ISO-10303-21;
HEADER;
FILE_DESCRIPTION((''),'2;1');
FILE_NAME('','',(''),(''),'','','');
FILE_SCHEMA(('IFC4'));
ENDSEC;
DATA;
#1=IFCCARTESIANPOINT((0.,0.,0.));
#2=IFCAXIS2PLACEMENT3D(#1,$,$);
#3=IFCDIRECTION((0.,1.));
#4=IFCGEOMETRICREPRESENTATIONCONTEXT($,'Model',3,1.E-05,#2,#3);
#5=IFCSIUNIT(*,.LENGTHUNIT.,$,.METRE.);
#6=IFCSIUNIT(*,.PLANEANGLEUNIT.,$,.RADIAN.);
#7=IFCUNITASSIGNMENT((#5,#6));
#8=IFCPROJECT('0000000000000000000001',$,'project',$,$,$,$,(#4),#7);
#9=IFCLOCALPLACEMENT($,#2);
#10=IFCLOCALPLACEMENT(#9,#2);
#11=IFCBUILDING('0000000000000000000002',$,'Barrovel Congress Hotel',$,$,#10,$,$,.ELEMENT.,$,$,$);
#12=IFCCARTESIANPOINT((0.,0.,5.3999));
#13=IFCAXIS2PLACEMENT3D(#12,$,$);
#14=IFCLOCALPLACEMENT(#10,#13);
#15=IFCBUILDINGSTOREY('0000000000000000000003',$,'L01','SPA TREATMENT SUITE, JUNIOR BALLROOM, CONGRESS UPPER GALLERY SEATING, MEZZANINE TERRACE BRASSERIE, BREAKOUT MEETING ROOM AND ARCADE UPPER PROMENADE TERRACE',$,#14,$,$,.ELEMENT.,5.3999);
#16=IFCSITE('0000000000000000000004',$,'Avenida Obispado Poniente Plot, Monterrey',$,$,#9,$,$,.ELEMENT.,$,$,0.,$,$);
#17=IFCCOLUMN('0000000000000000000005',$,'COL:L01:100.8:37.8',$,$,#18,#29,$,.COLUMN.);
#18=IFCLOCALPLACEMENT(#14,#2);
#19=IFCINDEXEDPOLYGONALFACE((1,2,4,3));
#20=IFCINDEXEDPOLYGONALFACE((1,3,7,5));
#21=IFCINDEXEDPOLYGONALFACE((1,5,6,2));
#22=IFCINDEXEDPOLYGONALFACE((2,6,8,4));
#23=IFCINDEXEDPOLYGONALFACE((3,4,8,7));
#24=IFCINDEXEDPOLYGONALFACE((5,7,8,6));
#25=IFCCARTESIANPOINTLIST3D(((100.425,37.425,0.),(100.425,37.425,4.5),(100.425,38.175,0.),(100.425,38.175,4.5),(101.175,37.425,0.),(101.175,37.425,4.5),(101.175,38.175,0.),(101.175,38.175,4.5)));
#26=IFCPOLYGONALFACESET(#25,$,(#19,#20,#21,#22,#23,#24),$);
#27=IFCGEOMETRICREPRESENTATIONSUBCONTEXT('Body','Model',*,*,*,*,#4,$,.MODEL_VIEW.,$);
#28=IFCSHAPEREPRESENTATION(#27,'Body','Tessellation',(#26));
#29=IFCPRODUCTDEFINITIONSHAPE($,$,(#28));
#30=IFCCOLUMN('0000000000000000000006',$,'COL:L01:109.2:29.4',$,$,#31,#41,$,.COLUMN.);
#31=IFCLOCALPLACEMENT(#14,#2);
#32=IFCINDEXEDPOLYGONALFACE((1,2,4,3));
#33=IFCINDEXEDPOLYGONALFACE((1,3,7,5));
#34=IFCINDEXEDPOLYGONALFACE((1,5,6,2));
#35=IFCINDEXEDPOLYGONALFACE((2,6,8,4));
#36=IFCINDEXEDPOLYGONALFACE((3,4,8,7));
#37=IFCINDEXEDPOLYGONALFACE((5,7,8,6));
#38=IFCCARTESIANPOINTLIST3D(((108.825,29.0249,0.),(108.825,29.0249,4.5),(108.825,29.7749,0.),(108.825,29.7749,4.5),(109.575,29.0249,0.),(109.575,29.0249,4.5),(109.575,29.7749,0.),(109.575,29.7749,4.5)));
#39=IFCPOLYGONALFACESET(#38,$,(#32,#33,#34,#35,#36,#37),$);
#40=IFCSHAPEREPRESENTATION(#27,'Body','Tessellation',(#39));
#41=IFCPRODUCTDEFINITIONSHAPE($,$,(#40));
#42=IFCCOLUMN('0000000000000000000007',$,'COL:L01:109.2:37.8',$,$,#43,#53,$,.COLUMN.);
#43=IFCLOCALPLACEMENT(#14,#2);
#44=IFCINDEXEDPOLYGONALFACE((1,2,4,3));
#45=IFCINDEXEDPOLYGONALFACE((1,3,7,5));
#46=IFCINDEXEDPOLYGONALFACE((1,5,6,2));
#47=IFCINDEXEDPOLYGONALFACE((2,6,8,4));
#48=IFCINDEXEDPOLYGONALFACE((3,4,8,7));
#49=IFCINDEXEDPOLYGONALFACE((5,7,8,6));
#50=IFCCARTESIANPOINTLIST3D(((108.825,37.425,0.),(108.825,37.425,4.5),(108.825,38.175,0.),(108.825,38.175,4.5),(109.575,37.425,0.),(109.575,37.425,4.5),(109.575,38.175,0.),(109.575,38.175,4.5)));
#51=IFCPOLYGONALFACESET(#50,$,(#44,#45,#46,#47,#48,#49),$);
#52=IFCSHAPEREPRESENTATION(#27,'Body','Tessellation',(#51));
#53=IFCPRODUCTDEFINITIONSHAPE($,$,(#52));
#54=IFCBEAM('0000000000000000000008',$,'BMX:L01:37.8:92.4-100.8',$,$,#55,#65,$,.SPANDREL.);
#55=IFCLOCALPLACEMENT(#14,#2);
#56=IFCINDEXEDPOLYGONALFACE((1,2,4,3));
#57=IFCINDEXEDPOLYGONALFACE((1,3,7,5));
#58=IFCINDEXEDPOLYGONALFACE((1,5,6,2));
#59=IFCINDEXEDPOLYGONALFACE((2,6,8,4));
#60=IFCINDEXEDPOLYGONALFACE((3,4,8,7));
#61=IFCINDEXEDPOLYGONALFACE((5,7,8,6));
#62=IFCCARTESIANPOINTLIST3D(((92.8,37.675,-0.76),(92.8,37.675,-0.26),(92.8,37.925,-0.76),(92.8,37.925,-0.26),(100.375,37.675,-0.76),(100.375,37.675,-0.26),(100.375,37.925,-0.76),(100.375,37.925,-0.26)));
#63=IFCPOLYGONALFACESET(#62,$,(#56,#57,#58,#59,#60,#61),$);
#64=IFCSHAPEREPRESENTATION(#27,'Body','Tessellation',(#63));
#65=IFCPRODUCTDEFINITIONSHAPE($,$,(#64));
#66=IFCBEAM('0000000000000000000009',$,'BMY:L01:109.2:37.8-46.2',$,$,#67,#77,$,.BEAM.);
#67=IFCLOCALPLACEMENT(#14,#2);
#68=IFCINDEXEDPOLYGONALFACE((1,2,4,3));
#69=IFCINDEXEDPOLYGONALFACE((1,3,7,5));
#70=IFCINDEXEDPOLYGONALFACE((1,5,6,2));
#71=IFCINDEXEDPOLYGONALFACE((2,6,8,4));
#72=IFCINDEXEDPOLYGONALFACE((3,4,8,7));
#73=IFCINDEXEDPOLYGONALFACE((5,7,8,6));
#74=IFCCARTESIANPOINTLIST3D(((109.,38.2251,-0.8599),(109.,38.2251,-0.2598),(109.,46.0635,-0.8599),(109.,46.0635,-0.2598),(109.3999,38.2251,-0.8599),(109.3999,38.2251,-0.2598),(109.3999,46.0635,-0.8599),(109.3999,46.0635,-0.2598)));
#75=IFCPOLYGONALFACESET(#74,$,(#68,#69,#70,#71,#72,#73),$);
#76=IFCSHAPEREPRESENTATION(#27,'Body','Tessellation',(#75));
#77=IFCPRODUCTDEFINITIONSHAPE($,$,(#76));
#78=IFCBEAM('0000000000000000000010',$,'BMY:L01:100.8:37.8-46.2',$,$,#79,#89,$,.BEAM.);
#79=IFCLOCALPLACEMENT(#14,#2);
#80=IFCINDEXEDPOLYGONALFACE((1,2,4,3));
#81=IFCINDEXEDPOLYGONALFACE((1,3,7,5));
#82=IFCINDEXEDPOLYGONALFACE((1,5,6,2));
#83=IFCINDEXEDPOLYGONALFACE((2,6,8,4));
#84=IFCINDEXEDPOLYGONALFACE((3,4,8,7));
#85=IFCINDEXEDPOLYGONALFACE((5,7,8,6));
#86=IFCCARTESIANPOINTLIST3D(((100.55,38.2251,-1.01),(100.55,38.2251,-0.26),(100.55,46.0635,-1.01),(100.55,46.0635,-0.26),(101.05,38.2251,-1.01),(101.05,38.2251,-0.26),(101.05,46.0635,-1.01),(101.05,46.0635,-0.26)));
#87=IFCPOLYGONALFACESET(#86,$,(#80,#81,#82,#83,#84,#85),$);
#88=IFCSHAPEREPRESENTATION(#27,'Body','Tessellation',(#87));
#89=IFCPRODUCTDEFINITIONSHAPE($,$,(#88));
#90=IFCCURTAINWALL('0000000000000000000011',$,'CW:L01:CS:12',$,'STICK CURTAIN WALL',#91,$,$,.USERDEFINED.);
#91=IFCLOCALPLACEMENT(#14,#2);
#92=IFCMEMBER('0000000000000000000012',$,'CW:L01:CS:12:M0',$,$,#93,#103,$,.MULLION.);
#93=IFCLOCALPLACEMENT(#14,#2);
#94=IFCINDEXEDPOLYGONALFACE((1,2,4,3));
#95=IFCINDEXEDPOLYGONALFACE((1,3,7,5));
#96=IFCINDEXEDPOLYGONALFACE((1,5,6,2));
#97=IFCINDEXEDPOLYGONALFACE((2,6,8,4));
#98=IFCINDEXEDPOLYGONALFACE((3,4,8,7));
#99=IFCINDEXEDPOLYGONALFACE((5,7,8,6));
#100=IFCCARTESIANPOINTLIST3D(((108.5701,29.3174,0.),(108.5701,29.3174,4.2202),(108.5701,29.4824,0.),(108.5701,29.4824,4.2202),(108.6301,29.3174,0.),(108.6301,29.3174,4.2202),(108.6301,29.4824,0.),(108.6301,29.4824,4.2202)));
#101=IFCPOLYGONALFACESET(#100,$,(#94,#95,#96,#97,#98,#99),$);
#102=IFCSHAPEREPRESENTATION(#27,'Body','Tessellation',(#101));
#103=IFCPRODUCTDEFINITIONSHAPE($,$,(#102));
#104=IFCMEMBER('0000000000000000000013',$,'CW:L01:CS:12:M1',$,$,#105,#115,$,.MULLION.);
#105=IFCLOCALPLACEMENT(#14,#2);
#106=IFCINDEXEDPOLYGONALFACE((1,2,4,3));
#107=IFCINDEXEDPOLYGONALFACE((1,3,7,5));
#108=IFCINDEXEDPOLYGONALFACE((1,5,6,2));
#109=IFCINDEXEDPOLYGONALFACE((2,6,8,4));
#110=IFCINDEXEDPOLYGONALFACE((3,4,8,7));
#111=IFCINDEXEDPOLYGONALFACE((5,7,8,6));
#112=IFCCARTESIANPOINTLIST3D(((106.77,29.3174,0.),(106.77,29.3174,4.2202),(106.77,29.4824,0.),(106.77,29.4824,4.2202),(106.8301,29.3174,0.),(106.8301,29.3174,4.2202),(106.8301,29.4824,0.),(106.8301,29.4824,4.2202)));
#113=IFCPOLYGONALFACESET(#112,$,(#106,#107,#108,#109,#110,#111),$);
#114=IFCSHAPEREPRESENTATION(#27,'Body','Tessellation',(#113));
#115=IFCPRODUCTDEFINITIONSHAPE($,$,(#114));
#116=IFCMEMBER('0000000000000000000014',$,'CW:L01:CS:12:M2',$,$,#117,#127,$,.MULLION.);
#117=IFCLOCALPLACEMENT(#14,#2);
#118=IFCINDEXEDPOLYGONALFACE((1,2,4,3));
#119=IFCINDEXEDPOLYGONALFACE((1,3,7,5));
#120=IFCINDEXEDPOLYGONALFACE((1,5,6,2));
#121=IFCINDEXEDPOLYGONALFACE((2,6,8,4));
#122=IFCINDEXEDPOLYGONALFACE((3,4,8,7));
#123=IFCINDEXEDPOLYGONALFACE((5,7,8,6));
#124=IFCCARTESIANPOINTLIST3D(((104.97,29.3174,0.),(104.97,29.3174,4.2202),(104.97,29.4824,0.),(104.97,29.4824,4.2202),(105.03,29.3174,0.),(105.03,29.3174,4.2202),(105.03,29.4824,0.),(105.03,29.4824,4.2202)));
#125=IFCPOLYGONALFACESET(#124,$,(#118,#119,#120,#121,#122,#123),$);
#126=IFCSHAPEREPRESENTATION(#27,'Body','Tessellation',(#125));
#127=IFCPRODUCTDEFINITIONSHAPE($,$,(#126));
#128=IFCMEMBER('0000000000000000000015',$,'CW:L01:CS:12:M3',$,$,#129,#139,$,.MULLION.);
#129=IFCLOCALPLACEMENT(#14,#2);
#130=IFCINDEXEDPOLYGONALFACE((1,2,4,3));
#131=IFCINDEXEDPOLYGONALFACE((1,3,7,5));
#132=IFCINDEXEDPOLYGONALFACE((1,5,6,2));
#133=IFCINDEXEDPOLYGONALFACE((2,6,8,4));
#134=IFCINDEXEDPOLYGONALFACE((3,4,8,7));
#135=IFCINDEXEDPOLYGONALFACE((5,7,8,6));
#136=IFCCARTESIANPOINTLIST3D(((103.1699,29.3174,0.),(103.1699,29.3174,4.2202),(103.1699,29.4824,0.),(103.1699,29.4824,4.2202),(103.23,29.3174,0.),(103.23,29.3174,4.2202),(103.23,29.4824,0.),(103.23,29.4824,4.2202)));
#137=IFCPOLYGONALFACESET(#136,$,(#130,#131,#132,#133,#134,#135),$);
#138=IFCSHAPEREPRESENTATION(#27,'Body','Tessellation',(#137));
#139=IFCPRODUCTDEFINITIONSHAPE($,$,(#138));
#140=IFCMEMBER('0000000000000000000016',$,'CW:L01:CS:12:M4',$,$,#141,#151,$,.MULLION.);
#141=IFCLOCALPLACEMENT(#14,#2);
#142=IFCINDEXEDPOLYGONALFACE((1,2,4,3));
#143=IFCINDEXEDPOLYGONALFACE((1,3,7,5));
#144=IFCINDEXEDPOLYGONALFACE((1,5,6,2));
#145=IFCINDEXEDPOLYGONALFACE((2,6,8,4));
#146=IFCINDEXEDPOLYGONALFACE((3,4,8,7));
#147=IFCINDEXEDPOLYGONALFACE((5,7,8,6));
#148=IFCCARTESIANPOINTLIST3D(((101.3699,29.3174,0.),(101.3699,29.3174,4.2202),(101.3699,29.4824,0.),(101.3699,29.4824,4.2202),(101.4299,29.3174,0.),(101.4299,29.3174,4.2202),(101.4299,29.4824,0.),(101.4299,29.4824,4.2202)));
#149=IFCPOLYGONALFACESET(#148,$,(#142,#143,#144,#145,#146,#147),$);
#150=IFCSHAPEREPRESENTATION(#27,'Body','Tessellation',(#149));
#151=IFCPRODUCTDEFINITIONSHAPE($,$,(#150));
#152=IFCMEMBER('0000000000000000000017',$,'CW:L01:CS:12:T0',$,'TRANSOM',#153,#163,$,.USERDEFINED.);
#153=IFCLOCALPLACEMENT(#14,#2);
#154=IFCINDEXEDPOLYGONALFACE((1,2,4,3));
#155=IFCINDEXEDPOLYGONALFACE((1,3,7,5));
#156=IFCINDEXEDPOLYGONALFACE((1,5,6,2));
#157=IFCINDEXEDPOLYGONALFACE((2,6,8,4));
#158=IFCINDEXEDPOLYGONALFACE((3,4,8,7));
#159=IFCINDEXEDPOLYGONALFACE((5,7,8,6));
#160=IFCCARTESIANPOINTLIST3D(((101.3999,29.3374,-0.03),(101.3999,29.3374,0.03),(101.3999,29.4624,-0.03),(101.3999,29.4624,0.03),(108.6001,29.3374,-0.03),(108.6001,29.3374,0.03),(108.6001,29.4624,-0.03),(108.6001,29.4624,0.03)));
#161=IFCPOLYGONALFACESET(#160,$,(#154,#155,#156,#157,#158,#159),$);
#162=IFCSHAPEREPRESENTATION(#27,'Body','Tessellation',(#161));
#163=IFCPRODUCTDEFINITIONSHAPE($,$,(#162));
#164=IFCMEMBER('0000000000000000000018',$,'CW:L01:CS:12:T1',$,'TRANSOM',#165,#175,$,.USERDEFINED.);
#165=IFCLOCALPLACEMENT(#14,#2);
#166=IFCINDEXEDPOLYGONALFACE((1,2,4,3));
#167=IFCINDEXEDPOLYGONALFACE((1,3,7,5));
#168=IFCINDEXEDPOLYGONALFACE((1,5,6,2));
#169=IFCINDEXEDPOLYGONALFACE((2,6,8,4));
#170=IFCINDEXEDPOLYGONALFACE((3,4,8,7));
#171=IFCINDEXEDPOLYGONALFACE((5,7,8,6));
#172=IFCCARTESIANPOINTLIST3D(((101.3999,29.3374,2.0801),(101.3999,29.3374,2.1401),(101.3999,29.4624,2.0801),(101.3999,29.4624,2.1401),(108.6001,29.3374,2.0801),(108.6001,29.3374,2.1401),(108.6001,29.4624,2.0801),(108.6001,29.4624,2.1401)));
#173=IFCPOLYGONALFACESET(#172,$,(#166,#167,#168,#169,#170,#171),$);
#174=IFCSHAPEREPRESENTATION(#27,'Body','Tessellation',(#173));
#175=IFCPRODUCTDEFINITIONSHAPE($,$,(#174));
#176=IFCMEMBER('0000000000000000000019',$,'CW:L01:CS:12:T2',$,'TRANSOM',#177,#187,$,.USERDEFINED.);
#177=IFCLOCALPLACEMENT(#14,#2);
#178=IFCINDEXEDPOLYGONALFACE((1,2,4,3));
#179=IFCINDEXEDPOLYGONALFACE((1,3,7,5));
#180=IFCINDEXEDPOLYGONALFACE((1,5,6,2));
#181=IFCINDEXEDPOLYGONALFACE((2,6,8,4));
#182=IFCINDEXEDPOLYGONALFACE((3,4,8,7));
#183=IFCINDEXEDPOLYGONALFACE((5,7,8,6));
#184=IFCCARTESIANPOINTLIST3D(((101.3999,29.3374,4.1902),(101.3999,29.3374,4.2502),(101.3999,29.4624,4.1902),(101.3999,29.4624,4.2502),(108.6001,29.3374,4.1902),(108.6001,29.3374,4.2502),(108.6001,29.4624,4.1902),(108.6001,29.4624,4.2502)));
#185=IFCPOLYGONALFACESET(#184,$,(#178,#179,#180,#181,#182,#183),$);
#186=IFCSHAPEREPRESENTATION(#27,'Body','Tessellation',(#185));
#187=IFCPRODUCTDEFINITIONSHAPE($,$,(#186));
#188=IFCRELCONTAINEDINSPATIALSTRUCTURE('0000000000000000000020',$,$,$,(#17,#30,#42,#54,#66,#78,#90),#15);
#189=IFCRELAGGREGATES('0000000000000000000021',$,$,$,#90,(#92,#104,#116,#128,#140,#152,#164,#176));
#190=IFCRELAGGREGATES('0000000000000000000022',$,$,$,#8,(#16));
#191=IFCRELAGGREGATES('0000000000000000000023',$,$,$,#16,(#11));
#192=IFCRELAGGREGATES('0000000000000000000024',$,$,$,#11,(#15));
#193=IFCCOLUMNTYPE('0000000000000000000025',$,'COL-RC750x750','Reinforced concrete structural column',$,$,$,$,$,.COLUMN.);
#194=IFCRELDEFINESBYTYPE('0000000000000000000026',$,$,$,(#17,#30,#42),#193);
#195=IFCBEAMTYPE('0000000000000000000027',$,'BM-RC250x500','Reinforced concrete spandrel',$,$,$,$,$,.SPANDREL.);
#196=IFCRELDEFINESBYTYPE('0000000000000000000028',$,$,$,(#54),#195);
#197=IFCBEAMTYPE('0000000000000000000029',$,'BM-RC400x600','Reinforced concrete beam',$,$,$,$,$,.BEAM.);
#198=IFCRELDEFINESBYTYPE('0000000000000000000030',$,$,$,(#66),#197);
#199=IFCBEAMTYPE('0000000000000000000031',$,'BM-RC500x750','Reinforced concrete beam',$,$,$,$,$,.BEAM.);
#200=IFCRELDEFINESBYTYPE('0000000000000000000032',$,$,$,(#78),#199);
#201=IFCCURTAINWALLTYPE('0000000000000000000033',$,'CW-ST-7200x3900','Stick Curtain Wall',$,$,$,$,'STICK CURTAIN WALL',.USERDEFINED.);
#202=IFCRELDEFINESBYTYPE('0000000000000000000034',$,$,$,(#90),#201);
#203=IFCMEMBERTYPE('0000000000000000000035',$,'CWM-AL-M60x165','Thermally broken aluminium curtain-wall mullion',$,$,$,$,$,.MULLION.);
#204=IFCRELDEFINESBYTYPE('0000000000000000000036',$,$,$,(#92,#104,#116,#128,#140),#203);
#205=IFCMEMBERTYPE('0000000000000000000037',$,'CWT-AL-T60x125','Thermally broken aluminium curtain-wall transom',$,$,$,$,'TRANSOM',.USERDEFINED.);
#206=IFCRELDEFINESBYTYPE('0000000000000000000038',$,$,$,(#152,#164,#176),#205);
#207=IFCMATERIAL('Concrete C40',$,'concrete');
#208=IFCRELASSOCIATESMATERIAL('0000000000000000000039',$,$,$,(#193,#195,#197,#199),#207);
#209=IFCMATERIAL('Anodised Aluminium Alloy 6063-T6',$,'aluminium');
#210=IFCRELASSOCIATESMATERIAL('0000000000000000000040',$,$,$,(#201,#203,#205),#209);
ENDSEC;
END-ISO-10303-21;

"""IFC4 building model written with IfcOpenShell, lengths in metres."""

from ifc_helpers import new_model, si_unit, direction, frame, origin, origin_2d, place, context, subcontext, project, spatial, rectangle, extrude, material, material_profile, profile_set, type_object, element, aggregate, save


model = new_model("IFC4")

# Units and contexts
model_context = context("Model", 3, precision=1e-05, world=origin(), true_north=direction((0.0, 1.0)))
body_context = subcontext(model_context, "Body", "Model", "MODEL_VIEW")
ifc_project = project(units=[si_unit("LENGTHUNIT", "METRE"), si_unit("PLANEANGLEUNIT", "RADIAN")], contexts=[model_context])

# Site, building, storey
site_placement = place(None, origin())
site = spatial("IfcSite", under=ifc_project, at=site_placement, Name="Avenida Obispado Poniente Plot, Monterrey", CompositionType="ELEMENT", RefElevation=0.0)
building_placement = place(site_placement, origin())
building = spatial("IfcBuilding", under=site, at=building_placement, Name="Barrovel Congress Hotel", CompositionType="ELEMENT")
storey_placement = place(building_placement, frame((0.0, 0.0, 5.3999)))
storey = spatial("IfcBuildingStorey", under=building, at=storey_placement, Name="L01", Description="SPA TREATMENT SUITE, JUNIOR BALLROOM, CONGRESS UPPER GALLERY SEATING, MEZZANINE TERRACE BRASSERIE, BREAKOUT MEETING ROOM AND ARCADE UPPER PROMENADE TERRACE", CompositionType="ELEMENT", Elevation=5.3999)

# Columns
ifc_material_1 = material(Name="Concrete C40", Category="concrete")
ifc_material_profile_1 = material_profile(ifc_material_1, rectangle(XDim=0.75, YDim=0.75, at=origin_2d()), Name="RC750x750")
ifc_profile_set_1 = profile_set([ifc_material_profile_1], Name="Concrete C40")
column_type = type_object("IfcColumnType", Name="COL-RC750x750", Description="Reinforced concrete structural column", PredefinedType="COLUMN", material=ifc_profile_set_1)
for number, where, z_axis, x_axis, name in (
    (1, (100.8, 37.8, 0.0), (0.0, 0.0, 1.0), (1.0, 0.0, 0.0), "COL:L01:100.8:37.8"),
    (2, (109.2, 29.3999, 0.0), (0.0, 0.0, 1.0), (1.0, 0.0, 0.0), "COL:L01:109.2:29.4"),
    (3, (109.2, 37.8, 0.0), (0.0, 0.0, 1.0), (1.0, 0.0, 0.0), "COL:L01:109.2:37.8"),
):
    element("IfcColumn", number, at=place(storey_placement, frame(where, z_axis=z_axis, x_axis=x_axis)), inside=storey, type_object=column_type, Name=name, PredefinedType="COLUMN", context=body_context, shape_type="SweptSolid", body=[
        extrude(rectangle(XDim=0.75, YDim=0.75, at=origin_2d()), origin(), (0.0, 0.0, 1.0), 4.5),
    ])

# Beams
ifc_material_profile_2 = material_profile(ifc_material_1, rectangle(XDim=0.25, YDim=0.5, at=origin_2d()), Name="RC250x500")
ifc_profile_set_2 = profile_set([ifc_material_profile_2], Name="Concrete C40")
beam_type_1 = type_object("IfcBeamType", Name="BM-RC250x500", Description="Reinforced concrete spandrel", PredefinedType="SPANDREL", material=ifc_profile_set_2)
beam_1_placement = place(storey_placement, frame((92.8, 37.8, -0.51), z_axis=(1.0, 0.0, 0.0), x_axis=(0.0, 1.0, 0.0)))
element("IfcBeam", 4, at=beam_1_placement, inside=storey, type_object=beam_type_1, Name="BMX:L01:37.8:92.4-100.8", PredefinedType="SPANDREL", context=body_context, shape_type="SweptSolid", body=[
    extrude(rectangle(XDim=0.25, YDim=0.5, at=origin_2d()), origin(), (0.0, 0.0, 1.0), 7.575),
])
ifc_material_profile_3 = material_profile(ifc_material_1, rectangle(XDim=0.3999, YDim=0.6001, at=origin_2d()), Name="RC400x600")
ifc_profile_set_3 = profile_set([ifc_material_profile_3], Name="Concrete C40")
beam_type_2 = type_object("IfcBeamType", Name="BM-RC400x600", Description="Reinforced concrete beam", PredefinedType="BEAM", material=ifc_profile_set_3)
beam_2_placement = place(storey_placement, frame((109.2, 38.2251, -0.5598), z_axis=(0.0, 1.0, 0.0), x_axis=(-1.0, 0.0, 0.0)))
element("IfcBeam", 5, at=beam_2_placement, inside=storey, type_object=beam_type_2, Name="BMY:L01:109.2:37.8-46.2", PredefinedType="BEAM", context=body_context, shape_type="SweptSolid", body=[
    extrude(rectangle(XDim=0.3999, YDim=0.6001, at=origin_2d()), origin(), (0.0, 0.0, 1.0), 7.8384),
])
ifc_material_profile_4 = material_profile(ifc_material_1, rectangle(XDim=0.5, YDim=0.75, at=origin_2d()), Name="RC500x750")
ifc_profile_set_4 = profile_set([ifc_material_profile_4], Name="Concrete C40")
beam_type_3 = type_object("IfcBeamType", Name="BM-RC500x750", Description="Reinforced concrete beam", PredefinedType="BEAM", material=ifc_profile_set_4)
beam_3_placement = place(storey_placement, frame((100.8, 38.2251, -0.635), z_axis=(0.0, 1.0, 0.0), x_axis=(-1.0, 0.0, 0.0)))
element("IfcBeam", 6, at=beam_3_placement, inside=storey, type_object=beam_type_3, Name="BMY:L01:100.8:37.8-46.2", PredefinedType="BEAM", context=body_context, shape_type="SweptSolid", body=[
    extrude(rectangle(XDim=0.5, YDim=0.75, at=origin_2d()), origin(), (0.0, 0.0, 1.0), 7.8384),
])

# Curtain wall, members
ifc_material_2 = material(Name="Anodised Aluminium Alloy 6063-T6", Category="aluminium")
curtain_wall_type = type_object("IfcCurtainWallType", Name="CW-ST-7200x3900", Description="Stick Curtain Wall", ElementType="STICK CURTAIN WALL", PredefinedType="USERDEFINED", material=ifc_material_2)
curtain_wall_placement = place(storey_placement, origin())
curtain_wall = element("IfcCurtainWall", 7, at=curtain_wall_placement, inside=storey, type_object=curtain_wall_type, Name="CW:L01:CS:12", ObjectType="STICK CURTAIN WALL", PredefinedType="USERDEFINED")
ifc_material_profile_5 = material_profile(ifc_material_2, rectangle(XDim=0.0601, YDim=0.165, at=origin_2d()), Name="AL-M60x165")
ifc_profile_set_5 = profile_set([ifc_material_profile_5], Name="Anodised Aluminium Alloy 6063-T6")
member_type_1 = type_object("IfcMemberType", Name="CWM-AL-M60x165", Description="Thermally broken aluminium curtain-wall mullion", PredefinedType="MULLION", material=ifc_profile_set_5)
member_1_placement = place(storey_placement, frame((108.6001, 29.3999, 0.0), z_axis=(0.0, 0.0, 1.0), x_axis=(1.0, 0.0, 0.0)))
member_1 = element("IfcMember", 8, at=member_1_placement, type_object=member_type_1, Name="CW:L01:CS:12:M0", PredefinedType="MULLION", context=body_context, shape_type="SweptSolid", body=[
    extrude(rectangle(XDim=0.0601, YDim=0.165, at=origin_2d()), origin(), (0.0, 0.0, 1.0), 4.2202),
])
member_2_placement = place(storey_placement, frame((106.8, 29.3999, 0.0), z_axis=(0.0, 0.0, 1.0), x_axis=(1.0, 0.0, 0.0)))
member_2 = element("IfcMember", 9, at=member_2_placement, type_object=member_type_1, Name="CW:L01:CS:12:M1", PredefinedType="MULLION", context=body_context, shape_type="SweptSolid", body=[
    extrude(rectangle(XDim=0.0601, YDim=0.165, at=origin_2d()), origin(), (0.0, 0.0, 1.0), 4.2202),
])
member_3_placement = place(storey_placement, frame((105.0, 29.3999, 0.0), z_axis=(0.0, 0.0, 1.0), x_axis=(1.0, 0.0, 0.0)))
member_3 = element("IfcMember", 10, at=member_3_placement, type_object=member_type_1, Name="CW:L01:CS:12:M2", PredefinedType="MULLION", context=body_context, shape_type="SweptSolid", body=[
    extrude(rectangle(XDim=0.0601, YDim=0.165, at=origin_2d()), origin(), (0.0, 0.0, 1.0), 4.2202),
])
member_4_placement = place(storey_placement, frame((103.2, 29.3999, 0.0), z_axis=(0.0, 0.0, 1.0), x_axis=(1.0, 0.0, 0.0)))
member_4 = element("IfcMember", 11, at=member_4_placement, type_object=member_type_1, Name="CW:L01:CS:12:M3", PredefinedType="MULLION", context=body_context, shape_type="SweptSolid", body=[
    extrude(rectangle(XDim=0.0601, YDim=0.165, at=origin_2d()), origin(), (0.0, 0.0, 1.0), 4.2202),
])
member_5_placement = place(storey_placement, frame((101.3999, 29.3999, 0.0), z_axis=(0.0, 0.0, 1.0), x_axis=(1.0, 0.0, 0.0)))
member_5 = element("IfcMember", 12, at=member_5_placement, type_object=member_type_1, Name="CW:L01:CS:12:M4", PredefinedType="MULLION", context=body_context, shape_type="SweptSolid", body=[
    extrude(rectangle(XDim=0.0601, YDim=0.165, at=origin_2d()), origin(), (0.0, 0.0, 1.0), 4.2202),
])
ifc_material_profile_6 = material_profile(ifc_material_2, rectangle(XDim=0.125, YDim=0.0601, at=origin_2d()), Name="AL-T60x125")
ifc_profile_set_6 = profile_set([ifc_material_profile_6], Name="Anodised Aluminium Alloy 6063-T6")
member_type_2 = type_object("IfcMemberType", Name="CWT-AL-T60x125", Description="Thermally broken aluminium curtain-wall transom", ElementType="TRANSOM", PredefinedType="USERDEFINED", material=ifc_profile_set_6)
member_6_placement = place(storey_placement, frame((108.6001, 29.3999, 0.0), z_axis=(-1.0, 0.0, 0.0), x_axis=(0.0, -1.0, 0.0)))
member_6 = element("IfcMember", 13, at=member_6_placement, type_object=member_type_2, Name="CW:L01:CS:12:T0", ObjectType="TRANSOM", PredefinedType="USERDEFINED", context=body_context, shape_type="SweptSolid", body=[
    extrude(rectangle(XDim=0.125, YDim=0.0601, at=origin_2d()), origin(), (0.0, 0.0, 1.0), 7.2002),
])
member_7_placement = place(storey_placement, frame((108.6001, 29.3999, 2.1101), z_axis=(-1.0, 0.0, 0.0), x_axis=(0.0, -1.0, 0.0)))
member_7 = element("IfcMember", 14, at=member_7_placement, type_object=member_type_2, Name="CW:L01:CS:12:T1", ObjectType="TRANSOM", PredefinedType="USERDEFINED", context=body_context, shape_type="SweptSolid", body=[
    extrude(rectangle(XDim=0.125, YDim=0.0601, at=origin_2d()), origin(), (0.0, 0.0, 1.0), 7.2002),
])
member_8_placement = place(storey_placement, frame((108.6001, 29.3999, 4.2202), z_axis=(-1.0, 0.0, 0.0), x_axis=(0.0, -1.0, 0.0)))
member_8 = element("IfcMember", 15, at=member_8_placement, type_object=member_type_2, Name="CW:L01:CS:12:T2", ObjectType="TRANSOM", PredefinedType="USERDEFINED", context=body_context, shape_type="SweptSolid", body=[
    extrude(rectangle(XDim=0.125, YDim=0.0601, at=origin_2d()), origin(), (0.0, 0.0, 1.0), 7.2002),
])

aggregate(curtain_wall, [member_1, member_2, member_3, member_4, member_5, member_6, member_7, member_8])

save(model, "model.ifc")
